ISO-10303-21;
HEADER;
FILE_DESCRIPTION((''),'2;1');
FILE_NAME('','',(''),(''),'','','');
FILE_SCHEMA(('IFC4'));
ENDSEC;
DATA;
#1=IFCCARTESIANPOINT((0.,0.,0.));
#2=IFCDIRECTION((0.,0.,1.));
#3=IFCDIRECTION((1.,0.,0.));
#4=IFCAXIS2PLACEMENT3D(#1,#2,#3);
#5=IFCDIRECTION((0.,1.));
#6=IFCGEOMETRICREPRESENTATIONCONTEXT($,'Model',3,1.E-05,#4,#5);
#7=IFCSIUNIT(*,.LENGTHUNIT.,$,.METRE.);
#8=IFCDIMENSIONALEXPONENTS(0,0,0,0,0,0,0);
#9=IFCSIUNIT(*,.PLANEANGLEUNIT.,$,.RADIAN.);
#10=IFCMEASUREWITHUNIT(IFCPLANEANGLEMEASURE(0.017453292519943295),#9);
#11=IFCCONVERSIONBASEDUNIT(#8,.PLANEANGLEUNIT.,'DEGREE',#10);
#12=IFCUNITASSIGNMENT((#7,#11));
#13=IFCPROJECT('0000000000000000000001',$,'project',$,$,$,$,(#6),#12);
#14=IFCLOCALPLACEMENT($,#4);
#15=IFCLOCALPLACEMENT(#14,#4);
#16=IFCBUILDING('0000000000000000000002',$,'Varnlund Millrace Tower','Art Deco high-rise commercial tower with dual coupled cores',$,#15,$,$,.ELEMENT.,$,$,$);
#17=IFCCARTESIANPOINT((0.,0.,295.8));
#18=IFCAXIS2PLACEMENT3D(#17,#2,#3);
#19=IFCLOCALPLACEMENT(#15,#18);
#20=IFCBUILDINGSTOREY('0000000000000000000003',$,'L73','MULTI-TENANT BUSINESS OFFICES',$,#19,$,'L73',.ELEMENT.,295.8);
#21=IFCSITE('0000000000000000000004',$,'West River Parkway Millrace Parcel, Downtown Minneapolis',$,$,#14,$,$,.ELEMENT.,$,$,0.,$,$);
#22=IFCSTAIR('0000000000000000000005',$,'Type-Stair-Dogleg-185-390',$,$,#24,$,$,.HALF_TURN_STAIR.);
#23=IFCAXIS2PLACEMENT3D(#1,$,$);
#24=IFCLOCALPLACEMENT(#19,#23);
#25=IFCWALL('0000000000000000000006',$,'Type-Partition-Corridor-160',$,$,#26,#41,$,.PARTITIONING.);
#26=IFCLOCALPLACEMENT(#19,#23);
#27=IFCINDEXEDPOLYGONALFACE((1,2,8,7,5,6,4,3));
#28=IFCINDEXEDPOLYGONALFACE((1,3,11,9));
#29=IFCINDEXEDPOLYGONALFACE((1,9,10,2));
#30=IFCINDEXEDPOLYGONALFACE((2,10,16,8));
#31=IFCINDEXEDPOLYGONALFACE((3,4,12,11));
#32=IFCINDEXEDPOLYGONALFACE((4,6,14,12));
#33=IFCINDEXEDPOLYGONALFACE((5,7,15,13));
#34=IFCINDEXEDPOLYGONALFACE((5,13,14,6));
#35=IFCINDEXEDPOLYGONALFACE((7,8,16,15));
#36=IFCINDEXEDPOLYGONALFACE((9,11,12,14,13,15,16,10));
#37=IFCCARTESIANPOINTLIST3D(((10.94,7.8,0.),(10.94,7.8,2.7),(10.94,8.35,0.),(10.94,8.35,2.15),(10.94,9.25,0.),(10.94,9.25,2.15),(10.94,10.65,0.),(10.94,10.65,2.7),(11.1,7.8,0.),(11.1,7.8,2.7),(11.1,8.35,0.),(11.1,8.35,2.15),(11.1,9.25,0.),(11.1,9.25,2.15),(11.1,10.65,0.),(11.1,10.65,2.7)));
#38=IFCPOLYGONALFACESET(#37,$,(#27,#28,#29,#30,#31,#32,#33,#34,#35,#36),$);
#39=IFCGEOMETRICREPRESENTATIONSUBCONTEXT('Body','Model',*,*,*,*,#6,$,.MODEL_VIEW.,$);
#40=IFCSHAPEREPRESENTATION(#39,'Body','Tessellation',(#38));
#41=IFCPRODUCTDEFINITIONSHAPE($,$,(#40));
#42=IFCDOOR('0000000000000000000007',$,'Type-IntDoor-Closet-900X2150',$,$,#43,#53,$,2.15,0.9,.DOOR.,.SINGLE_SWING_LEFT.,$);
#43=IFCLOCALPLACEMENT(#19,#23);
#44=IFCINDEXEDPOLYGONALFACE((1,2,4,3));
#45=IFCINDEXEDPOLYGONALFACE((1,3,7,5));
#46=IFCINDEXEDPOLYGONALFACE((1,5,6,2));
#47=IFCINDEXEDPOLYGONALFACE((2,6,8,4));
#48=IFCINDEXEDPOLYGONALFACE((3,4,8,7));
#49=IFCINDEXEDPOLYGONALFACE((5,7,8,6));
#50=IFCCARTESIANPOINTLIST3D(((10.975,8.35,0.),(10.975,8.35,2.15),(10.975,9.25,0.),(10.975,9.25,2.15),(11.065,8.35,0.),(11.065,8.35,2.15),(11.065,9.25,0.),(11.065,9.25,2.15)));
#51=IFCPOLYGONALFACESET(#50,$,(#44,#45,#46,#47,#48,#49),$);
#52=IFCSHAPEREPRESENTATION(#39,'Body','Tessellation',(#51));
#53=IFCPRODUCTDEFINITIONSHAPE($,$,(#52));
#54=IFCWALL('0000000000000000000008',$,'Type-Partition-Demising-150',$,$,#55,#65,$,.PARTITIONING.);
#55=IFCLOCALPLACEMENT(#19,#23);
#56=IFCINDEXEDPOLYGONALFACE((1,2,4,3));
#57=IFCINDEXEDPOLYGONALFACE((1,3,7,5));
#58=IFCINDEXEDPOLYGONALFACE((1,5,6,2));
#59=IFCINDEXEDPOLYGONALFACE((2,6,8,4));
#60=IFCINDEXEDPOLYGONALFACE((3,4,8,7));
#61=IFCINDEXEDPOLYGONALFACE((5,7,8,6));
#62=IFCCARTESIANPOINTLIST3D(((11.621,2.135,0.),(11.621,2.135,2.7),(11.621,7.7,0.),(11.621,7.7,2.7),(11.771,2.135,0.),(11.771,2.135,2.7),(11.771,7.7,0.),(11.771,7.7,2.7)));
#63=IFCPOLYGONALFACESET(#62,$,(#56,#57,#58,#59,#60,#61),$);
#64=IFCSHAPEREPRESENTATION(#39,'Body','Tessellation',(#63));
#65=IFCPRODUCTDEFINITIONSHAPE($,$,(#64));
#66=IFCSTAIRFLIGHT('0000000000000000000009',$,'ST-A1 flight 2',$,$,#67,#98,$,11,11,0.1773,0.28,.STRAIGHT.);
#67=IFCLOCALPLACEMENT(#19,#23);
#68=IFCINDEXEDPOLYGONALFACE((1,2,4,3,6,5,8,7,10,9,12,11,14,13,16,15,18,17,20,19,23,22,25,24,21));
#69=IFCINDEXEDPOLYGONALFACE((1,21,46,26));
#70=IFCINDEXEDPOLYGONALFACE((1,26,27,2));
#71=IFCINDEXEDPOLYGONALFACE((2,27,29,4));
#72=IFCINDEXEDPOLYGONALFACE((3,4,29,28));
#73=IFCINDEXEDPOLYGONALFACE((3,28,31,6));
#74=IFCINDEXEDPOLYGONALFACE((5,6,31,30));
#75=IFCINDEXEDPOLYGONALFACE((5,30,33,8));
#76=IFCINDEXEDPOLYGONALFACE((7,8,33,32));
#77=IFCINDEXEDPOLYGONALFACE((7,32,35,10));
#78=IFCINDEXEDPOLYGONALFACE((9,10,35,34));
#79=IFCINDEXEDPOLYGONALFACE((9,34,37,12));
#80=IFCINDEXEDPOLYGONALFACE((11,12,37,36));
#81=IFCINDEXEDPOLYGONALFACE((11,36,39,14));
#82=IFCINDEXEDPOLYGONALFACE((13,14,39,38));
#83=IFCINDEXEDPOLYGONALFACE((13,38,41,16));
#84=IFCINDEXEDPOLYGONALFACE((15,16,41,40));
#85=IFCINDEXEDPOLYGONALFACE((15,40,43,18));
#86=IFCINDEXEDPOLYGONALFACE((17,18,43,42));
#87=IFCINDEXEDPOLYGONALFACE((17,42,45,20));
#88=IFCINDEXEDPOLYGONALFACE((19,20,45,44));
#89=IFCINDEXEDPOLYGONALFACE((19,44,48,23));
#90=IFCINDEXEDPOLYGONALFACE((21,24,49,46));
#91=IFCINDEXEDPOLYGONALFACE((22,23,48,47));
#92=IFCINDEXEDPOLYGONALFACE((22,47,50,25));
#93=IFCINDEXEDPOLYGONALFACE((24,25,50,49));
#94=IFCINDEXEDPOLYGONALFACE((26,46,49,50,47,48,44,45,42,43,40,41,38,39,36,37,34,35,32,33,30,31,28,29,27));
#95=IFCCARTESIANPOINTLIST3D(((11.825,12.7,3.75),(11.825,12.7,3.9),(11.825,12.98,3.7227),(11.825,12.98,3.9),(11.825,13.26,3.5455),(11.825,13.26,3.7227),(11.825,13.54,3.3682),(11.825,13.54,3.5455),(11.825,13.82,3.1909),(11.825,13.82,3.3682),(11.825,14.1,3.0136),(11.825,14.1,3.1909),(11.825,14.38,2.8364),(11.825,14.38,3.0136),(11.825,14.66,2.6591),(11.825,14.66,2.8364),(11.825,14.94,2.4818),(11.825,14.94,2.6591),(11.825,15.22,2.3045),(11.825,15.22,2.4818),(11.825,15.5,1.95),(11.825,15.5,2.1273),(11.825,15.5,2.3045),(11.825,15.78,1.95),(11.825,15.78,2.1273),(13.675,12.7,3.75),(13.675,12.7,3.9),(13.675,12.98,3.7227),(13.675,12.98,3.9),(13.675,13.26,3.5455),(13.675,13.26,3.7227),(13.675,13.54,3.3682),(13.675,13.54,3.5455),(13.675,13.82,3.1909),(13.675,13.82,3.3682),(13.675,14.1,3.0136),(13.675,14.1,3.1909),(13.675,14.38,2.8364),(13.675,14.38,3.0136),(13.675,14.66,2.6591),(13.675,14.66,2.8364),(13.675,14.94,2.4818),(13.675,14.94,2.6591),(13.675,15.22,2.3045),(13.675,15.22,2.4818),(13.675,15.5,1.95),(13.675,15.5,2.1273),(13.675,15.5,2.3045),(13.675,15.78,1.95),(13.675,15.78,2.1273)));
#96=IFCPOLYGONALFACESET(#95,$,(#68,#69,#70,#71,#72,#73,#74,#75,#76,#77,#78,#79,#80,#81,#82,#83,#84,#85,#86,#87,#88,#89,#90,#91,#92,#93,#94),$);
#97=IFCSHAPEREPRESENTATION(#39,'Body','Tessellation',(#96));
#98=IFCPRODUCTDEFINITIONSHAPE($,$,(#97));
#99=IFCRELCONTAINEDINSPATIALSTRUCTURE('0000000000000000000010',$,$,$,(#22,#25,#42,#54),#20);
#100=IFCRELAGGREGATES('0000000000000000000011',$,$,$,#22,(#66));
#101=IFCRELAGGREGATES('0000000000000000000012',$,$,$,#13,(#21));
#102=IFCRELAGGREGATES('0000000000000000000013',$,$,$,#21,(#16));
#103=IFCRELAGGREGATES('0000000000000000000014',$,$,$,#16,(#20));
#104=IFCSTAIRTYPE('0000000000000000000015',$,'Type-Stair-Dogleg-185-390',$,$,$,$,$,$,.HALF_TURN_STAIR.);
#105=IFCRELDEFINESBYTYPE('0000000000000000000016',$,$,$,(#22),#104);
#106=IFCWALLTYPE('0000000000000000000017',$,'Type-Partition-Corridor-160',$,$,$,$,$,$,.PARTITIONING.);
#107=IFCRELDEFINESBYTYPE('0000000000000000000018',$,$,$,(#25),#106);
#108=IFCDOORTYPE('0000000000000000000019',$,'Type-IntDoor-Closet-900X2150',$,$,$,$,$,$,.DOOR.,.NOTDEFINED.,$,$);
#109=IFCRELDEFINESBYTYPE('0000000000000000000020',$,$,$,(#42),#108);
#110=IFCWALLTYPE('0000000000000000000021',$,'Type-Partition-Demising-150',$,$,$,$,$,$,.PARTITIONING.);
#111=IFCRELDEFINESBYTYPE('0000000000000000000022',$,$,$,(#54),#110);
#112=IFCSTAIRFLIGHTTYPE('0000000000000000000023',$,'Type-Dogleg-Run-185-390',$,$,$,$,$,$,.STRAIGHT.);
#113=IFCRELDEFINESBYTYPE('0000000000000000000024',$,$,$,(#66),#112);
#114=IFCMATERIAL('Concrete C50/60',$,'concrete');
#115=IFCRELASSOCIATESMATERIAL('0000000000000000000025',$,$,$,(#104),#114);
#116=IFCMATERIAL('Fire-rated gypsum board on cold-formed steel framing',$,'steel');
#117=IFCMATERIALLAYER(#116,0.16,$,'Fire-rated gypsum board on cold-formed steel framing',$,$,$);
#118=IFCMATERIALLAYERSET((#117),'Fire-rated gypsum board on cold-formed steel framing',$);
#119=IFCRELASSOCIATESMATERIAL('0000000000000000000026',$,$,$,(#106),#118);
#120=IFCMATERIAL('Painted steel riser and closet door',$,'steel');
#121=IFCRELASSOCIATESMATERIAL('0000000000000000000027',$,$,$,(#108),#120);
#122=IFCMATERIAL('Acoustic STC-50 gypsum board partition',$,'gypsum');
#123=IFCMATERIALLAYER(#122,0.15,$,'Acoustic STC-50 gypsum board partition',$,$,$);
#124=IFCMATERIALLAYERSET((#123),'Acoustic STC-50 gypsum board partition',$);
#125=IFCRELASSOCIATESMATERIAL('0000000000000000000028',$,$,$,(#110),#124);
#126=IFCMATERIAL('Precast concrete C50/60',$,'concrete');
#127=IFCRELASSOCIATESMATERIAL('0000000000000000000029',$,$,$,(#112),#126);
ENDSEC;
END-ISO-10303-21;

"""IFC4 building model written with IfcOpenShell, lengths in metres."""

from ifc_helpers import new_model, entity, si_unit, converted_unit, direction, frame, origin_with_axes, origin_2d_with_axis, place, context, subcontext, project, spatial, polyline, rectangle, outline, extrude, material, layer, layer_set, type_object, element, fill, aggregate, save


model = new_model("IFC4")

# Units and contexts
model_context = context("Model", 3, precision=1e-05, world=origin_with_axes(), true_north=direction((0.0, 1.0)))
body_context = subcontext(model_context, "Body", "Model", "MODEL_VIEW")
ifc_project = project(units=[si_unit("LENGTHUNIT", "METRE"), converted_unit("PLANEANGLEUNIT", "DEGREE", entity("IfcPlaneAngleMeasure", 0.017453292519943295), si_unit("PLANEANGLEUNIT", "RADIAN"), dimensions=[0, 0, 0, 0, 0, 0, 0])], contexts=[model_context])

# Site, building, storey
site_placement = place(None, origin_with_axes())
site = spatial("IfcSite", under=ifc_project, at=site_placement, Name="West River Parkway Millrace Parcel, Downtown Minneapolis", CompositionType="ELEMENT", RefElevation=0.0)
building_placement = place(site_placement, origin_with_axes())
building = spatial("IfcBuilding", under=site, at=building_placement, Name="Varnlund Millrace Tower", Description="Art Deco high-rise commercial tower with dual coupled cores", CompositionType="ELEMENT")
storey_placement = place(building_placement, frame((0.0, 0.0, 295.8), z_axis=(0.0, 0.0, 1.0), x_axis=(1.0, 0.0, 0.0)))
storey = spatial("IfcBuildingStorey", under=building, at=storey_placement, Name="L73", Description="MULTI-TENANT BUSINESS OFFICES", LongName="L73", CompositionType="ELEMENT", Elevation=295.8)

# Stair
ifc_material_1 = material(Name="Concrete C50/60", Category="concrete")
stair_type = type_object("IfcStairType", Name="Type-Stair-Dogleg-185-390", PredefinedType="HALF_TURN_STAIR", material=ifc_material_1)
stair_1_placement = place(storey_placement, origin_with_axes())
stair_1 = element("IfcStair", 1, at=stair_1_placement, inside=storey, type_object=stair_type, Name="Type-Stair-Dogleg-185-390", PredefinedType="HALF_TURN_STAIR")

# Shared definitions
ifc_material_2 = material(Name="Precast concrete C50/60", Category="concrete")

# Wall, opening, door
ifc_material_3 = material(Name="Fire-rated gypsum board on cold-formed steel framing", Category="steel")
ifc_layer_1 = layer(ifc_material_3, 0.16, Name="Fire-rated gypsum board on cold-formed steel framing")
ifc_layer_set_1 = layer_set([ifc_layer_1], Name="Fire-rated gypsum board on cold-formed steel framing")
wall_type_1 = type_object("IfcWallType", Name="Type-Partition-Corridor-160", PredefinedType="PARTITIONING", material=ifc_layer_set_1)
wall_1_placement = place(storey_placement, frame((11.02, 7.8, 0.0), z_axis=(0.0, 0.0, 1.0), x_axis=(0.0, 1.0, 0.0)))
wall_1 = element("IfcWall", 2, at=wall_1_placement, inside=storey, type_object=wall_type_1, Name="Type-Partition-Corridor-160", PredefinedType="PARTITIONING", context=body_context, shape_type="SweptSolid", body=[
    extrude(outline(polyline([(0.0, -0.08), (2.85, -0.08), (2.85, 0.08), (0.0, 0.08), (0.0, -0.08)])), origin_with_axes(), (0.0, 0.0, 1.0), 2.7),
])
opening_1_placement = place(wall_1_placement, frame((1.0, 0.0, 0.0), z_axis=(0.0, 0.0, 1.0), x_axis=(1.0, 0.0, 0.0)))
opening_1 = element("IfcOpeningElement", 3, at=opening_1_placement, cuts=wall_1, PredefinedType="OPENING", context=body_context, shape_type="SweptSolid", body=[
    extrude(rectangle(XDim=0.9, YDim=0.18, at=origin_2d_with_axis()), origin_with_axes(), (0.0, 0.0, 1.0), 2.15),
])
ifc_material_4 = material(Name="Painted steel riser and closet door", Category="steel")
door_type = type_object("IfcDoorType", Name="Type-IntDoor-Closet-900X2150", OperationType="NOTDEFINED", PredefinedType="DOOR", material=ifc_material_4)
door_placement = place(wall_1_placement, frame((1.0, 0.0, 0.0), z_axis=(0.0, 0.0, 1.0), x_axis=(1.0, 0.0, 0.0)))
door = element("IfcDoor", 4, at=door_placement, inside=storey, type_object=door_type, Name="Type-IntDoor-Closet-900X2150", OperationType="SINGLE_SWING_LEFT", OverallHeight=2.15, OverallWidth=0.9, PredefinedType="DOOR", context=body_context, shape_type="SweptSolid", body=[
    extrude(rectangle(XDim=0.9, YDim=0.09, at=origin_2d_with_axis()), origin_with_axes(), (0.0, 0.0, 1.0), 2.15),
])
fill(opening_1, door)

# Wall
ifc_material_5 = material(Name="Acoustic STC-50 gypsum board partition", Category="gypsum")
ifc_layer_2 = layer(ifc_material_5, 0.15, Name="Acoustic STC-50 gypsum board partition")
ifc_layer_set_2 = layer_set([ifc_layer_2], Name="Acoustic STC-50 gypsum board partition")
wall_type_2 = type_object("IfcWallType", Name="Type-Partition-Demising-150", PredefinedType="PARTITIONING", material=ifc_layer_set_2)
wall_2_placement = place(storey_placement, frame((11.696, 2.135, 0.0), z_axis=(0.0, 0.0, 1.0), x_axis=(0.0, 1.0, 0.0)))
element("IfcWall", 5, at=wall_2_placement, inside=storey, type_object=wall_type_2, Name="Type-Partition-Demising-150", PredefinedType="PARTITIONING", context=body_context, shape_type="SweptSolid", body=[
    extrude(outline(polyline([(0.0, -0.075), (5.565, -0.075), (5.565, 0.075), (0.0, 0.075), (0.0, -0.075)])), origin_with_axes(), (0.0, 0.0, 1.0), 2.7),
])

# Stair flight
stair_flight_type = type_object("IfcStairFlightType", Name="Type-Dogleg-Run-185-390", PredefinedType="STRAIGHT", material=ifc_material_2)
stair_flight_placement = place(storey_placement, frame((13.675, 15.78, 1.95), z_axis=(-1.0, 0.0, 0.0), x_axis=(0.0, -1.0, 0.0)))
stair_flight = element("IfcStairFlight", 6, at=stair_flight_placement, type_object=stair_flight_type, Name="ST-A1 flight 2", NumberOfRisers=11, NumberOfTreads=11, PredefinedType="STRAIGHT", RiserHeight=0.1773, TreadLength=0.28, context=body_context, shape_type="SweptSolid", body=[
    extrude(outline(polyline([(0.0, 0.0), (0.0, 0.1773), (0.28, 0.1773), (0.28, 0.3545), (0.56, 0.3545), (0.56, 0.5318), (0.84, 0.5318), (0.84, 0.7091), (1.12, 0.7091), (1.12, 0.8864), (1.4, 0.8864), (1.4, 1.0636), (1.68, 1.0636), (1.68, 1.2409), (1.96, 1.2409), (1.96, 1.4182), (2.24, 1.4182), (2.24, 1.5955), (2.52, 1.5955), (2.52, 1.7727), (2.8, 1.7727), (2.8, 1.95), (3.08, 1.95), (3.08, 1.8), (0.28, 0.0), (0.0, 0.0)])), origin_with_axes(), (0.0, 0.0, 1.0), 1.85),
])
aggregate(stair_1, [stair_flight])

save(model, "model.ifc")
